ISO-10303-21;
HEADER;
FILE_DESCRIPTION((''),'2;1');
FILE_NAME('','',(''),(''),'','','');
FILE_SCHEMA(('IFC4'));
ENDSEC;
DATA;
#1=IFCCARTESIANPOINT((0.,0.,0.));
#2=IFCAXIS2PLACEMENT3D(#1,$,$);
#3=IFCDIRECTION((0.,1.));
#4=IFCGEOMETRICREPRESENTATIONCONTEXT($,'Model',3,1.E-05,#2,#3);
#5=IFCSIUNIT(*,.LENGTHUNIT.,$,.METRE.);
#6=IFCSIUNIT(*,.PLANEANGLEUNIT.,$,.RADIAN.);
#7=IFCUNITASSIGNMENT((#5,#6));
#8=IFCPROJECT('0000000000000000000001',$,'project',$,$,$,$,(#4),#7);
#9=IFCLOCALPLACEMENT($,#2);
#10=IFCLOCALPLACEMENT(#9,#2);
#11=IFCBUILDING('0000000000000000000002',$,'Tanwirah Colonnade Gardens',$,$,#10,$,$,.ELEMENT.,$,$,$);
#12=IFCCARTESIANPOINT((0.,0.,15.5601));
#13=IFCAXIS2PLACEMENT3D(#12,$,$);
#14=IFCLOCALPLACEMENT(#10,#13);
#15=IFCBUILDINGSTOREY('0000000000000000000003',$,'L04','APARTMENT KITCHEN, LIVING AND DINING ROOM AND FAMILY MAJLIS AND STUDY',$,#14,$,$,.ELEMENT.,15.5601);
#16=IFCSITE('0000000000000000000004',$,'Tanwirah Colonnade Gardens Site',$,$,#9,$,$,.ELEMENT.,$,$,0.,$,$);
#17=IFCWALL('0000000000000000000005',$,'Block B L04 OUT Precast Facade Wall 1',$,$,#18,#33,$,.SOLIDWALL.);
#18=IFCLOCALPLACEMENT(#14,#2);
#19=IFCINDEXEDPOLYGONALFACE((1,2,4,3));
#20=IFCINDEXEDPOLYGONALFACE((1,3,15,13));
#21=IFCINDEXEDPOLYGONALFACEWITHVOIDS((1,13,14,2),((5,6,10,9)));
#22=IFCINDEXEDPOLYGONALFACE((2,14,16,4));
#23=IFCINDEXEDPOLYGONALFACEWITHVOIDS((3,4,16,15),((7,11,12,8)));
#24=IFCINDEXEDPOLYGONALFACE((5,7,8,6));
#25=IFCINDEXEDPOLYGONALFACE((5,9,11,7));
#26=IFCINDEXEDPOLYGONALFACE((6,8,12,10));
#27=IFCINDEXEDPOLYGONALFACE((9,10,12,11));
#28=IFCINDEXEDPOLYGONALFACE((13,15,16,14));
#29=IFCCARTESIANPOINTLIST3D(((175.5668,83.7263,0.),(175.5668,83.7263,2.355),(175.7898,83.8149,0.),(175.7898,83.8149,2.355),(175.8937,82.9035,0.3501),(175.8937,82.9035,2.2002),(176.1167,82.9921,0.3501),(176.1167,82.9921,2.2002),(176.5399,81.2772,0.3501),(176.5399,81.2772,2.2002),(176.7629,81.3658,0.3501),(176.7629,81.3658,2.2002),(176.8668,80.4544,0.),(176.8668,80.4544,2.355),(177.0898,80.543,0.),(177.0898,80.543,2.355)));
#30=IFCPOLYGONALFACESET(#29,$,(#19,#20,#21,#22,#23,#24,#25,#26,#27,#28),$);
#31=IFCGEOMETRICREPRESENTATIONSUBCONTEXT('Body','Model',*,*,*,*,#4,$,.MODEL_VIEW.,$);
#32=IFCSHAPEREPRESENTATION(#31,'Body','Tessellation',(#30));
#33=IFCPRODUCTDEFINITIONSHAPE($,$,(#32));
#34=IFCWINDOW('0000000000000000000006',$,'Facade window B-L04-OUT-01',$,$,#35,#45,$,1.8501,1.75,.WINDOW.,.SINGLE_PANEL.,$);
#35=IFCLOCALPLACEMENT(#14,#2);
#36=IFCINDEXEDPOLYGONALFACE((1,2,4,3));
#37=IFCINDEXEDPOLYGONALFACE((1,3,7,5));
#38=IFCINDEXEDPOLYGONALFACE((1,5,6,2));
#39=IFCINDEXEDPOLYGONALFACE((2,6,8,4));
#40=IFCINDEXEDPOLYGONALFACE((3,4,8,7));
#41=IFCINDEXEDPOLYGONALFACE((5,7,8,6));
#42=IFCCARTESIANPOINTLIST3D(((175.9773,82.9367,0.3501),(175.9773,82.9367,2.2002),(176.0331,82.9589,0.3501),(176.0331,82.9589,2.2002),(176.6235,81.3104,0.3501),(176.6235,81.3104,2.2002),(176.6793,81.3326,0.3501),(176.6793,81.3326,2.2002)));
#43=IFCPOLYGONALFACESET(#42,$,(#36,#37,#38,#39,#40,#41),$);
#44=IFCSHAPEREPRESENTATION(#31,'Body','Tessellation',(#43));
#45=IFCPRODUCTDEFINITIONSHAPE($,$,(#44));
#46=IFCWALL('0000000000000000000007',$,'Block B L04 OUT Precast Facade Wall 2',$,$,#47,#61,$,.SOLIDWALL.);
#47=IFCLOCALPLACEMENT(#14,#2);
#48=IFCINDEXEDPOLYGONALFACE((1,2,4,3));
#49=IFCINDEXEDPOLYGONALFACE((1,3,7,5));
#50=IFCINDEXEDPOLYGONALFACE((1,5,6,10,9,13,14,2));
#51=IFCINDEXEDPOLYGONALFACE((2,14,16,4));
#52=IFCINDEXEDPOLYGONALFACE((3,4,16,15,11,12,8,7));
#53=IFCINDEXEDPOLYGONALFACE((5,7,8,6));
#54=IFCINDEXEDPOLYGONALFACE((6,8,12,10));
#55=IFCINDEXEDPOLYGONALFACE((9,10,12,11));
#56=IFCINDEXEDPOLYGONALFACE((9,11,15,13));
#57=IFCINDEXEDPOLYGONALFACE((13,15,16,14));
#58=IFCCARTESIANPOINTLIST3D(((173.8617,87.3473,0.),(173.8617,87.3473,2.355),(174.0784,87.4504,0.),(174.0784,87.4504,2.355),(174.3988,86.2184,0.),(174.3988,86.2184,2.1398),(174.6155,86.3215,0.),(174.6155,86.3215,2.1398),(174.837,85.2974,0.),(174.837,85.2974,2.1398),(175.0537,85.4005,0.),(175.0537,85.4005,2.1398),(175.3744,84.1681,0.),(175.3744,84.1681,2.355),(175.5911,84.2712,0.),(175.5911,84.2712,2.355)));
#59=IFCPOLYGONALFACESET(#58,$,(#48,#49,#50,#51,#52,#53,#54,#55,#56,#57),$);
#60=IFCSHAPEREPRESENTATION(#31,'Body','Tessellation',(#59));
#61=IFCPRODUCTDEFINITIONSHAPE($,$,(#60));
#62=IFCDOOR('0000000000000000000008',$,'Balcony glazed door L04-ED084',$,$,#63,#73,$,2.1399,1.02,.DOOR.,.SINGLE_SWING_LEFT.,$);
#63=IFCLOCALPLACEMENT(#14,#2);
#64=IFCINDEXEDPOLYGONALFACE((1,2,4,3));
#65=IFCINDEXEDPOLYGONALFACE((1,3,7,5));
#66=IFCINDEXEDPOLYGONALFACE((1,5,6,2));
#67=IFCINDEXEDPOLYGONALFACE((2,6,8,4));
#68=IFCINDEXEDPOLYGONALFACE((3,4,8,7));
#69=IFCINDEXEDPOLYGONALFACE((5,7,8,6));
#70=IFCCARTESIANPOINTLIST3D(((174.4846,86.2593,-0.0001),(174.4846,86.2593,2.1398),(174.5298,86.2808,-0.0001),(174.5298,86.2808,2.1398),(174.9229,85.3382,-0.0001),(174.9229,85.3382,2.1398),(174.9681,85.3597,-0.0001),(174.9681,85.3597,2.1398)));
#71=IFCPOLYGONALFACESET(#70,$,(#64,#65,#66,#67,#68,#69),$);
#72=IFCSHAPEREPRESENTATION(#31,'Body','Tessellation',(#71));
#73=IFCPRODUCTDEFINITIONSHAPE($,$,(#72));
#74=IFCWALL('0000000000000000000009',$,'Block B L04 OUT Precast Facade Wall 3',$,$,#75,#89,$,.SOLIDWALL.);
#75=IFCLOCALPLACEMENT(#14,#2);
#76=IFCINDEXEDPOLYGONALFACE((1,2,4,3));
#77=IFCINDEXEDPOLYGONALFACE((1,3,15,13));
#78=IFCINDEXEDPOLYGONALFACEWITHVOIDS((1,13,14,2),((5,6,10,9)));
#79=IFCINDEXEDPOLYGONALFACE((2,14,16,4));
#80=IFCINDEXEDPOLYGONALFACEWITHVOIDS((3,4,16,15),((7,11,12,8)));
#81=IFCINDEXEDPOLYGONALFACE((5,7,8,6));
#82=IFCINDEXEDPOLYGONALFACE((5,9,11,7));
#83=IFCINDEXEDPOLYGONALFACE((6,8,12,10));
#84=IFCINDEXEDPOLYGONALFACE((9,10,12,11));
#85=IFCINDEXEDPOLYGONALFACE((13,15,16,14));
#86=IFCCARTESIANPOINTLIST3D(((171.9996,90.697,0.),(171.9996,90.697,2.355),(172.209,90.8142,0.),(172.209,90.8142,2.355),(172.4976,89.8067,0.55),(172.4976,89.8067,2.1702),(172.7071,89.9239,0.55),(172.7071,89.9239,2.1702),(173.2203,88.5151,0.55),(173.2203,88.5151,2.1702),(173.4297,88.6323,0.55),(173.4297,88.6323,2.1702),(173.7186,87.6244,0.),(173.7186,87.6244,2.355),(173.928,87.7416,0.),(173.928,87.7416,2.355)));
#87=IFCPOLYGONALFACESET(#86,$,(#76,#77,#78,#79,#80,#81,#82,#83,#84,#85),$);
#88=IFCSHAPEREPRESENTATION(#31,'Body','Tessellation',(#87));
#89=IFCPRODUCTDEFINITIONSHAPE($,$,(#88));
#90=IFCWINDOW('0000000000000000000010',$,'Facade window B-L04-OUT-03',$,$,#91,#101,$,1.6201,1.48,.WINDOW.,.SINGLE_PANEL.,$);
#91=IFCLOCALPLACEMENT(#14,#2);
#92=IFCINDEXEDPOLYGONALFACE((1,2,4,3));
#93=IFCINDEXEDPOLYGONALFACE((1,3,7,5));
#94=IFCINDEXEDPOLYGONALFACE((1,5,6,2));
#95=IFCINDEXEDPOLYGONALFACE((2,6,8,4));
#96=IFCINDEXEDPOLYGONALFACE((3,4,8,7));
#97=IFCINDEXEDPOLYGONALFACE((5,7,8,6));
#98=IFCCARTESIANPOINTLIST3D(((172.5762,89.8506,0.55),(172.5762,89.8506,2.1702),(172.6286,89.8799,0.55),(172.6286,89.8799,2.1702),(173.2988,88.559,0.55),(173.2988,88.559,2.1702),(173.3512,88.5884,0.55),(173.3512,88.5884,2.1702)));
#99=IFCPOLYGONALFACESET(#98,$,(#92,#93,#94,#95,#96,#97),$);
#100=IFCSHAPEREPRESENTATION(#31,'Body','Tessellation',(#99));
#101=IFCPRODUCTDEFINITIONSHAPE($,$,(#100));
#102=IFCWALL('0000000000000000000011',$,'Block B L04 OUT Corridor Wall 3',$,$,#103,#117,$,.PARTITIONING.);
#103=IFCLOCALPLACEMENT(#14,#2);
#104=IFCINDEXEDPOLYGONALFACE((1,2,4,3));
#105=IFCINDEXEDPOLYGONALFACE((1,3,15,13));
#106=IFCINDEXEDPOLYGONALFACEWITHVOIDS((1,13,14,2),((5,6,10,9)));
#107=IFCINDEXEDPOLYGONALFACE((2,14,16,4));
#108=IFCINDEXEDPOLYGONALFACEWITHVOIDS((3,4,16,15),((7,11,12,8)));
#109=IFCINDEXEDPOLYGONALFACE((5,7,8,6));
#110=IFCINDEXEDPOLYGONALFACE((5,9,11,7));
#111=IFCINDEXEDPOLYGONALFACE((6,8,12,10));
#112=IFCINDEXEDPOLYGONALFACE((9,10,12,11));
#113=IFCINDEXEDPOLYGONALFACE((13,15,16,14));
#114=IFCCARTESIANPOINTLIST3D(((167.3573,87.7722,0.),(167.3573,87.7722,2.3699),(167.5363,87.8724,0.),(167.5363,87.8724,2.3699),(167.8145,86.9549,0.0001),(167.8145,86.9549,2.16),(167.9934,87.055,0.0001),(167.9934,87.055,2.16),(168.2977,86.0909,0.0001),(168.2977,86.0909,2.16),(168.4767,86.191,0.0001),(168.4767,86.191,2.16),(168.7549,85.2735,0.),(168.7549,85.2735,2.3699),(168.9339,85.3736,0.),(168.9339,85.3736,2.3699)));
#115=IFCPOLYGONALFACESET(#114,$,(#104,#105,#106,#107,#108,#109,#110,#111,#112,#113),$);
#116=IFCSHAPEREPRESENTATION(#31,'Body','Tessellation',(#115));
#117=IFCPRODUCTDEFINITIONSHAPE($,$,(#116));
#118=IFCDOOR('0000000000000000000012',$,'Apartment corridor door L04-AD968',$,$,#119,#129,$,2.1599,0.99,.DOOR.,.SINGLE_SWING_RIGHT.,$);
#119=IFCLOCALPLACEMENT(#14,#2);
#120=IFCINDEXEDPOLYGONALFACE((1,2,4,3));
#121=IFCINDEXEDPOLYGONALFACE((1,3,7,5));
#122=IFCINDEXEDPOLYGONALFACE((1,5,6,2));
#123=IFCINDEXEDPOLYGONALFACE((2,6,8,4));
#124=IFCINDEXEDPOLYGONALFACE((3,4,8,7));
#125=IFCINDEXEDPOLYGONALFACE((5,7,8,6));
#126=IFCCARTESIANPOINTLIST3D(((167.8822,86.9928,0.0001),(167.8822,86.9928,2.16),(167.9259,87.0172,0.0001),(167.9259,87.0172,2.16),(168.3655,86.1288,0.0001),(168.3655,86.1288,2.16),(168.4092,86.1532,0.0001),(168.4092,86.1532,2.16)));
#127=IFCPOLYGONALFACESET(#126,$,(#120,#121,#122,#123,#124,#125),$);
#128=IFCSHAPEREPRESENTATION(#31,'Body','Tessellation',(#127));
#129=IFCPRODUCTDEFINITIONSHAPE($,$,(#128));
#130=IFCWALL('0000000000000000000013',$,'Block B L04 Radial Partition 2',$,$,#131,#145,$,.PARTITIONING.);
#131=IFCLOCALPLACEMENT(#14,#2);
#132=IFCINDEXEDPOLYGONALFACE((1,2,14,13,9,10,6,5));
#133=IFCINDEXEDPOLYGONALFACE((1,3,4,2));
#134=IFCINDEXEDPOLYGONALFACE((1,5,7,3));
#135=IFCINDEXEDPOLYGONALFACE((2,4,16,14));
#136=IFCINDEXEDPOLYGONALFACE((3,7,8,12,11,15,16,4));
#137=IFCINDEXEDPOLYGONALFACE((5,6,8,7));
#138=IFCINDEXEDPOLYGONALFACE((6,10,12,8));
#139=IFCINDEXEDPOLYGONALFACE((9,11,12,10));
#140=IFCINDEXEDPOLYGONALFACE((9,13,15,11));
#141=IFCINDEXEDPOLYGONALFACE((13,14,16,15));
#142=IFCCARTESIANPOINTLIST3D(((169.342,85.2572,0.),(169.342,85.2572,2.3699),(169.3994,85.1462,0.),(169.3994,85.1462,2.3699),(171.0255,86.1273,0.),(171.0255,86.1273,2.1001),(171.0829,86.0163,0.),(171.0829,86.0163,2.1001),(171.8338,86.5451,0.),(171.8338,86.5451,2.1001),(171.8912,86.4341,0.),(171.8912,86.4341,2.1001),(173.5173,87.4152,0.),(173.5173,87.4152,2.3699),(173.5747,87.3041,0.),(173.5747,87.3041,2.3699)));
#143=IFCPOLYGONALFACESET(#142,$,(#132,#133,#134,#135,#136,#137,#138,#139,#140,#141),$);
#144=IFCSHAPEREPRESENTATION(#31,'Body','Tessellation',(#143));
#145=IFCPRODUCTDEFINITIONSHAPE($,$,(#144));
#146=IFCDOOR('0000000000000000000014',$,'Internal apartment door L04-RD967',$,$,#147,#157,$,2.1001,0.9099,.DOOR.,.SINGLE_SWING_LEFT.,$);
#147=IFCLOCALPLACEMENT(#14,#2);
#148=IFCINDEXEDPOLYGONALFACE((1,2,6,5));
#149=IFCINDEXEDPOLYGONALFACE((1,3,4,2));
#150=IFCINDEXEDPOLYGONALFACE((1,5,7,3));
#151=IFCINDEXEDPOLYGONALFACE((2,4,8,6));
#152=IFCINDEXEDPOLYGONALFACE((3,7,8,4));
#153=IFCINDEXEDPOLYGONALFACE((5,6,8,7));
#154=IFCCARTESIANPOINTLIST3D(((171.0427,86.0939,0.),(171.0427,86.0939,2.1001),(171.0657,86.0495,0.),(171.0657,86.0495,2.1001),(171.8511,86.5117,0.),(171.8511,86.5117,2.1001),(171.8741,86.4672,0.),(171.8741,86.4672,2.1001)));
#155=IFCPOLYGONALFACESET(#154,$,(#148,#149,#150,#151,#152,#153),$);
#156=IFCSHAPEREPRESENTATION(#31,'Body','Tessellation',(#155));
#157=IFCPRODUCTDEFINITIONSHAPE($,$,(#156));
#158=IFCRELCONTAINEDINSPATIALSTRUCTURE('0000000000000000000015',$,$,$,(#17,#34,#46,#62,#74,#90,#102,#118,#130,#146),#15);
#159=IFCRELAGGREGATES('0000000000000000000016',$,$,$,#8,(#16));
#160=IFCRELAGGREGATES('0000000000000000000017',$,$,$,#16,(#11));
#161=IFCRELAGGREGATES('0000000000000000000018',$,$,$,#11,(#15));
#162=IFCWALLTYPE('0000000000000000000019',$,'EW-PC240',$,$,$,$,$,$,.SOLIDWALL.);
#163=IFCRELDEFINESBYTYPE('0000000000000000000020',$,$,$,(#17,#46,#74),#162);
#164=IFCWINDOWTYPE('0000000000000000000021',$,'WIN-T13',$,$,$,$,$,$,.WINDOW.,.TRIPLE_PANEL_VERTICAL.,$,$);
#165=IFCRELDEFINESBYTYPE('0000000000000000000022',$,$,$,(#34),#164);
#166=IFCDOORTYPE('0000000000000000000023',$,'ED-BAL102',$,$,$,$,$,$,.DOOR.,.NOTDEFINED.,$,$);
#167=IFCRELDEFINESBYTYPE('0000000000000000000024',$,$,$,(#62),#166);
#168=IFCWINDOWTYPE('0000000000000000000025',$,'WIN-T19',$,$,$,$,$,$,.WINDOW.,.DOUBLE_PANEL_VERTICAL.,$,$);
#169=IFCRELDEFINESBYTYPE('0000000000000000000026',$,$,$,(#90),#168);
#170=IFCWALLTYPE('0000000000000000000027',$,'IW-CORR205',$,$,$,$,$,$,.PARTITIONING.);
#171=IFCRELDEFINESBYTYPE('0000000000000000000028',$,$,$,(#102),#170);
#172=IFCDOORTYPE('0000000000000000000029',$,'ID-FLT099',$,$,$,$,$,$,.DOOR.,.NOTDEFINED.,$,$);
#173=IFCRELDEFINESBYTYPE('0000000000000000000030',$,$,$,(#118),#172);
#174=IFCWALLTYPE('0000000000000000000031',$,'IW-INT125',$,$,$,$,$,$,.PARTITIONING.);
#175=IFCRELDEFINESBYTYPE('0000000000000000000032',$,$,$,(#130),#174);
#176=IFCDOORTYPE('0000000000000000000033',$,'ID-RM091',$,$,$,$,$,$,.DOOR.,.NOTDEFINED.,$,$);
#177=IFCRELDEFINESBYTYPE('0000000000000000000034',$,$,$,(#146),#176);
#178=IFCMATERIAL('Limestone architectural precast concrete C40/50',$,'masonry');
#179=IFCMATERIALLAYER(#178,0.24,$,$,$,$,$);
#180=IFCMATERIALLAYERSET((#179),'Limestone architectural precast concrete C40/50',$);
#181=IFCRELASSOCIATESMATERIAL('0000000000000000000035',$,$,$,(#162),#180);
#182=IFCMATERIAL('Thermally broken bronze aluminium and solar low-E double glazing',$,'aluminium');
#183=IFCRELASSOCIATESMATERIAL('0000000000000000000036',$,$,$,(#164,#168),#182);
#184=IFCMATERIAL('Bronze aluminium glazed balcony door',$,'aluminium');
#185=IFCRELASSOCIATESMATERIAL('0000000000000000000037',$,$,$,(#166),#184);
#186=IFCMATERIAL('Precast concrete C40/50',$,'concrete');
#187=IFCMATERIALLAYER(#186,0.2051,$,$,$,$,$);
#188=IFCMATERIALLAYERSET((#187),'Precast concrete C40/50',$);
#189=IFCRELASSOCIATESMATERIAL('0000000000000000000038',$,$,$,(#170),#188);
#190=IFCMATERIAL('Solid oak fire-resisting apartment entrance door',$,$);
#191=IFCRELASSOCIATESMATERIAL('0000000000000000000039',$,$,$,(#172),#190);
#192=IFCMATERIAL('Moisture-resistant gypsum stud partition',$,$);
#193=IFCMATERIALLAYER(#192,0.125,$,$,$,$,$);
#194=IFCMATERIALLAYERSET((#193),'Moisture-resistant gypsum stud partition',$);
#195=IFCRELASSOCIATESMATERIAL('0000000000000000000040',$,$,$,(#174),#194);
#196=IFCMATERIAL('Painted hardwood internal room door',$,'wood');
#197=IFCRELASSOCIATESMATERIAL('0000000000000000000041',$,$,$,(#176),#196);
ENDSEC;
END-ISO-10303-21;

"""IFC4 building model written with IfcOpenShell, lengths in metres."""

from ifc_helpers import new_model, si_unit, direction, frame, frame_2d, origin, place, context, subcontext, project, spatial, rectangle, extrude, material, layer, layer_set, type_object, element, fill, save


model = new_model("IFC4")

# Units and contexts
model_context = context("Model", 3, precision=1e-05, world=origin(), true_north=direction((0.0, 1.0)))
body_context = subcontext(model_context, "Body", "Model", "MODEL_VIEW")
ifc_project = project(units=[si_unit("LENGTHUNIT", "METRE"), si_unit("PLANEANGLEUNIT", "RADIAN")], contexts=[model_context])

# Site, building, storey
site_placement = place(None, origin())
site = spatial("IfcSite", under=ifc_project, at=site_placement, Name="Tanwirah Colonnade Gardens Site", CompositionType="ELEMENT", RefElevation=0.0)
building_placement = place(site_placement, origin())
building = spatial("IfcBuilding", under=site, at=building_placement, Name="Tanwirah Colonnade Gardens", CompositionType="ELEMENT")
storey_placement = place(building_placement, frame((0.0, 0.0, 15.5601)))
storey = spatial("IfcBuildingStorey", under=building, at=storey_placement, Name="L04", Description="APARTMENT KITCHEN, LIVING AND DINING ROOM AND FAMILY MAJLIS AND STUDY", CompositionType="ELEMENT", Elevation=15.5601)

# Shared definitions
ifc_material_1 = material(Name="Precast concrete C40/50", Category="concrete")

# Wall, opening, window
ifc_material_2 = material(Name="Limestone architectural precast concrete C40/50", Category="masonry")
ifc_layer_1 = layer(ifc_material_2, 0.24)
ifc_layer_set_1 = layer_set([ifc_layer_1], Name="Limestone architectural precast concrete C40/50")
wall_type_1 = type_object("IfcWallType", Name="EW-PC240", PredefinedType="SOLIDWALL", material=ifc_layer_set_1)
wall_1_placement = place(storey_placement, frame((176.9783, 80.4988, 0.0), z_axis=(0.0, 0.0, 1.0), x_axis=(-0.36925, 0.92933, 0.0)))
wall_1 = element("IfcWall", 1, at=wall_1_placement, inside=storey, type_object=wall_type_1, Name="Block B L04 OUT Precast Facade Wall 1", PredefinedType="SOLIDWALL", context=body_context, shape_type="SweptSolid", body=[
    extrude(rectangle(XDim=3.5208, YDim=0.24, at=frame_2d((1.7603, 0.0))), origin(), (0.0, 0.0, 1.0), 2.355),
])
opening_1_placement = place(wall_1_placement, frame((0.8853, 0.0, 0.3501)))
opening_1 = element("IfcOpeningElement", 2, at=opening_1_placement, cuts=wall_1, PredefinedType="OPENING", context=body_context, shape_type="SweptSolid", body=[
    extrude(rectangle(XDim=1.75, YDim=1.8501, at=frame_2d((0.875, 0.925))), frame((0.0, 0.1299, 0.0), z_axis=(0.0, -1.0, 0.0), x_axis=(1.0, 0.0, 0.0)), (0.0, 0.0, 1.0), 0.26),
])
ifc_material_3 = material(Name="Thermally broken bronze aluminium and solar low-E double glazing", Category="aluminium")
window_type_1 = type_object("IfcWindowType", Name="WIN-T13", PartitioningType="TRIPLE_PANEL_VERTICAL", PredefinedType="WINDOW", material=ifc_material_3)
window_1_placement = place(opening_1_placement, origin())
window_1 = element("IfcWindow", 3, at=window_1_placement, inside=storey, type_object=window_type_1, Name="Facade window B-L04-OUT-01", OverallHeight=1.8501, OverallWidth=1.75, PartitioningType="SINGLE_PANEL", PredefinedType="WINDOW", context=body_context, shape_type="SweptSolid", body=[
    extrude(rectangle(XDim=1.75, YDim=1.8501, at=frame_2d((0.875, 0.925))), frame((0.0, 0.03, 0.0), z_axis=(0.0, -1.0, 0.0), x_axis=(1.0, 0.0, 0.0)), (0.0, 0.0, 1.0), 0.0601),
])
fill(opening_1, window_1)

# Wall, opening, door
wall_2_placement = place(storey_placement, frame((175.4827, 84.2197, 0.0), z_axis=(0.0, 0.0, 1.0), x_axis=(-0.429654, 0.902994, 0.0)))
wall_2 = element("IfcWall", 4, at=wall_2_placement, inside=storey, type_object=wall_type_1, Name="Block B L04 OUT Precast Facade Wall 2", PredefinedType="SOLIDWALL", context=body_context, shape_type="SweptSolid", body=[
    extrude(rectangle(XDim=3.5208, YDim=0.24, at=frame_2d((1.7603, 0.0))), origin(), (0.0, 0.0, 1.0), 2.355),
])
opening_2_placement = place(wall_2_placement, frame((1.2505, 0.0, 0.0)))
opening_2 = element("IfcOpeningElement", 5, at=opening_2_placement, cuts=wall_2, PredefinedType="OPENING", context=body_context, shape_type="SweptSolid", body=[
    extrude(rectangle(XDim=1.02, YDim=2.1399, at=frame_2d((0.51, 1.0698))), frame((0.0, 0.1299, 0.0), z_axis=(0.0, -1.0, 0.0), x_axis=(1.0, 0.0, 0.0)), (0.0, 0.0, 1.0), 0.26),
])
ifc_material_4 = material(Name="Bronze aluminium glazed balcony door", Category="aluminium")
door_type_1 = type_object("IfcDoorType", Name="ED-BAL102", OperationType="NOTDEFINED", PredefinedType="DOOR", material=ifc_material_4)
door_1_placement = place(opening_2_placement, origin())
door_1 = element("IfcDoor", 6, at=door_1_placement, inside=storey, type_object=door_type_1, Name="Balcony glazed door L04-ED084", OperationType="SINGLE_SWING_LEFT", OverallHeight=2.1399, OverallWidth=1.02, PredefinedType="DOOR", context=body_context, shape_type="SweptSolid", body=[
    extrude(rectangle(XDim=1.02, YDim=2.1399, at=frame_2d((0.51, 1.0698))), frame((0.0, 0.0249, 0.0), z_axis=(0.0, -1.0, 0.0), x_axis=(1.0, 0.0, 0.0)), (0.0, 0.0, 1.0), 0.05),
])
fill(opening_2, door_1)

# Wall, opening, window
wall_3_placement = place(storey_placement, frame((173.8232, 87.6831, 0.0), z_axis=(0.0, 0.0, 1.0), x_axis=(-0.488255, 0.872701, 0.0)))
wall_3 = element("IfcWall", 7, at=wall_3_placement, inside=storey, type_object=wall_type_1, Name="Block B L04 OUT Precast Facade Wall 3", PredefinedType="SOLIDWALL", context=body_context, shape_type="SweptSolid", body=[
    extrude(rectangle(XDim=3.5208, YDim=0.24, at=frame_2d((1.7603, 0.0))), origin(), (0.0, 0.0, 1.0), 2.355),
])
opening_3_placement = place(wall_3_placement, frame((1.0205, 0.0, 0.55)))
opening_3 = element("IfcOpeningElement", 8, at=opening_3_placement, cuts=wall_3, PredefinedType="OPENING", context=body_context, shape_type="SweptSolid", body=[
    extrude(rectangle(XDim=1.48, YDim=1.6201, at=frame_2d((0.74, 0.8101))), frame((0.0, 0.1299, 0.0), z_axis=(0.0, -1.0, 0.0), x_axis=(1.0, 0.0, 0.0)), (0.0, 0.0, 1.0), 0.26),
])
window_type_2 = type_object("IfcWindowType", Name="WIN-T19", PartitioningType="DOUBLE_PANEL_VERTICAL", PredefinedType="WINDOW", material=ifc_material_3)
window_2_placement = place(opening_3_placement, origin())
window_2 = element("IfcWindow", 9, at=window_2_placement, inside=storey, type_object=window_type_2, Name="Facade window B-L04-OUT-03", OverallHeight=1.6201, OverallWidth=1.48, PartitioningType="SINGLE_PANEL", PredefinedType="WINDOW", context=body_context, shape_type="SweptSolid", body=[
    extrude(rectangle(XDim=1.48, YDim=1.6201, at=frame_2d((0.74, 0.8101))), frame((0.0, 0.03, 0.0), z_axis=(0.0, -1.0, 0.0), x_axis=(1.0, 0.0, 0.0)), (0.0, 0.0, 1.0), 0.0601),
])
fill(opening_3, window_2)

# Walls, openings, doors
ifc_layer_2 = layer(ifc_material_1, 0.2051)
ifc_layer_set_2 = layer_set([ifc_layer_2], Name="Precast concrete C40/50")
wall_type_2 = type_object("IfcWallType", Name="IW-CORR205", PredefinedType="PARTITIONING", material=ifc_layer_set_2)
ifc_material_5 = material(Name="Solid oak fire-resisting apartment entrance door")
wall_4_placement = place(storey_placement, frame((168.8445, 85.3235, 0.0), z_axis=(0.0, 0.0, 1.0), x_axis=(-0.488175, 0.872746, 0.0)))
wall_4 = element("IfcWall", 10, at=wall_4_placement, inside=storey, type_object=wall_type_2, Name="Block B L04 OUT Corridor Wall 3", PredefinedType="PARTITIONING", context=body_context, shape_type="SweptSolid", body=[
    extrude(rectangle(XDim=2.863, YDim=0.2051, at=frame_2d((1.4316, 0.0))), origin(), (0.0, 0.0, 1.0), 2.3699),
])
opening_4_placement = place(wall_4_placement, frame((0.9365, 0.0, 0.0)))
opening_4 = element("IfcOpeningElement", 11, at=opening_4_placement, cuts=wall_4, PredefinedType="OPENING", context=body_context, shape_type="SweptSolid", body=[
    extrude(rectangle(XDim=0.99, YDim=2.1599, at=frame_2d((0.4951, 1.0801))), frame((0.0, 0.1125, 0.0), z_axis=(0.0, -1.0, 0.0), x_axis=(1.0, 0.0, 0.0)), (0.0, 0.0, 1.0), 0.2251),
])
door_type_2 = type_object("IfcDoorType", Name="ID-FLT099", OperationType="NOTDEFINED", PredefinedType="DOOR", material=ifc_material_5)
door_2_placement = place(opening_4_placement, origin())
door_2 = element("IfcDoor", 12, at=door_2_placement, inside=storey, type_object=door_type_2, Name="Apartment corridor door L04-AD968", OperationType="SINGLE_SWING_RIGHT", OverallHeight=2.1599, OverallWidth=0.99, PredefinedType="DOOR", context=body_context, shape_type="SweptSolid", body=[
    extrude(rectangle(XDim=0.99, YDim=2.1599, at=frame_2d((0.4951, 1.0801))), frame((0.0, 0.0249, 0.0), z_axis=(0.0, -1.0, 0.0), x_axis=(1.0, 0.0, 0.0)), (0.0, 0.0, 1.0), 0.05),
])
fill(opening_4, door_2)
ifc_material_6 = material(Name="Moisture-resistant gypsum stud partition")
ifc_layer_3 = layer(ifc_material_6, 0.125)
ifc_layer_set_3 = layer_set([ifc_layer_3], Name="Moisture-resistant gypsum stud partition")
wall_type_3 = type_object("IfcWallType", Name="IW-INT125", PredefinedType="PARTITIONING", material=ifc_layer_set_3)
wall_5_placement = place(storey_placement, frame((169.3706, 85.2017, 0.0), z_axis=(0.0, 0.0, 1.0), x_axis=(0.888363, 0.459142, 0.0)))
wall_5 = element("IfcWall", 13, at=wall_5_placement, inside=storey, type_object=wall_type_3, Name="Block B L04 Radial Partition 2", PredefinedType="PARTITIONING", context=body_context, shape_type="SweptSolid", body=[
    extrude(rectangle(XDim=4.7, YDim=0.125, at=frame_2d((2.3501, 0.0))), origin(), (0.0, 0.0, 1.0), 2.3699),
])
opening_5_placement = place(wall_5_placement, frame((1.895, 0.0, 0.0)))
opening_5 = element("IfcOpeningElement", 14, at=opening_5_placement, cuts=wall_5, PredefinedType="OPENING", context=body_context, shape_type="SweptSolid", body=[
    extrude(rectangle(XDim=0.9099, YDim=2.1001, at=frame_2d((0.4551, 1.05))), frame((0.0, 0.0725, 0.0), z_axis=(0.0, -1.0, 0.0), x_axis=(1.0, 0.0, 0.0)), (0.0, 0.0, 1.0), 0.145),
])
ifc_material_7 = material(Name="Painted hardwood internal room door", Category="wood")
door_type_3 = type_object("IfcDoorType", Name="ID-RM091", OperationType="NOTDEFINED", PredefinedType="DOOR", material=ifc_material_7)
door_3_placement = place(opening_5_placement, origin())
door_3 = element("IfcDoor", 15, at=door_3_placement, inside=storey, type_object=door_type_3, Name="Internal apartment door L04-RD967", OperationType="SINGLE_SWING_LEFT", OverallHeight=2.1001, OverallWidth=0.9099, PredefinedType="DOOR", context=body_context, shape_type="SweptSolid", body=[
    extrude(rectangle(XDim=0.9099, YDim=2.1001, at=frame_2d((0.4551, 1.05))), frame((0.0, 0.0249, 0.0), z_axis=(0.0, -1.0, 0.0), x_axis=(1.0, 0.0, 0.0)), (0.0, 0.0, 1.0), 0.05),
])
fill(opening_5, door_3)

save(model, "model.ifc")
